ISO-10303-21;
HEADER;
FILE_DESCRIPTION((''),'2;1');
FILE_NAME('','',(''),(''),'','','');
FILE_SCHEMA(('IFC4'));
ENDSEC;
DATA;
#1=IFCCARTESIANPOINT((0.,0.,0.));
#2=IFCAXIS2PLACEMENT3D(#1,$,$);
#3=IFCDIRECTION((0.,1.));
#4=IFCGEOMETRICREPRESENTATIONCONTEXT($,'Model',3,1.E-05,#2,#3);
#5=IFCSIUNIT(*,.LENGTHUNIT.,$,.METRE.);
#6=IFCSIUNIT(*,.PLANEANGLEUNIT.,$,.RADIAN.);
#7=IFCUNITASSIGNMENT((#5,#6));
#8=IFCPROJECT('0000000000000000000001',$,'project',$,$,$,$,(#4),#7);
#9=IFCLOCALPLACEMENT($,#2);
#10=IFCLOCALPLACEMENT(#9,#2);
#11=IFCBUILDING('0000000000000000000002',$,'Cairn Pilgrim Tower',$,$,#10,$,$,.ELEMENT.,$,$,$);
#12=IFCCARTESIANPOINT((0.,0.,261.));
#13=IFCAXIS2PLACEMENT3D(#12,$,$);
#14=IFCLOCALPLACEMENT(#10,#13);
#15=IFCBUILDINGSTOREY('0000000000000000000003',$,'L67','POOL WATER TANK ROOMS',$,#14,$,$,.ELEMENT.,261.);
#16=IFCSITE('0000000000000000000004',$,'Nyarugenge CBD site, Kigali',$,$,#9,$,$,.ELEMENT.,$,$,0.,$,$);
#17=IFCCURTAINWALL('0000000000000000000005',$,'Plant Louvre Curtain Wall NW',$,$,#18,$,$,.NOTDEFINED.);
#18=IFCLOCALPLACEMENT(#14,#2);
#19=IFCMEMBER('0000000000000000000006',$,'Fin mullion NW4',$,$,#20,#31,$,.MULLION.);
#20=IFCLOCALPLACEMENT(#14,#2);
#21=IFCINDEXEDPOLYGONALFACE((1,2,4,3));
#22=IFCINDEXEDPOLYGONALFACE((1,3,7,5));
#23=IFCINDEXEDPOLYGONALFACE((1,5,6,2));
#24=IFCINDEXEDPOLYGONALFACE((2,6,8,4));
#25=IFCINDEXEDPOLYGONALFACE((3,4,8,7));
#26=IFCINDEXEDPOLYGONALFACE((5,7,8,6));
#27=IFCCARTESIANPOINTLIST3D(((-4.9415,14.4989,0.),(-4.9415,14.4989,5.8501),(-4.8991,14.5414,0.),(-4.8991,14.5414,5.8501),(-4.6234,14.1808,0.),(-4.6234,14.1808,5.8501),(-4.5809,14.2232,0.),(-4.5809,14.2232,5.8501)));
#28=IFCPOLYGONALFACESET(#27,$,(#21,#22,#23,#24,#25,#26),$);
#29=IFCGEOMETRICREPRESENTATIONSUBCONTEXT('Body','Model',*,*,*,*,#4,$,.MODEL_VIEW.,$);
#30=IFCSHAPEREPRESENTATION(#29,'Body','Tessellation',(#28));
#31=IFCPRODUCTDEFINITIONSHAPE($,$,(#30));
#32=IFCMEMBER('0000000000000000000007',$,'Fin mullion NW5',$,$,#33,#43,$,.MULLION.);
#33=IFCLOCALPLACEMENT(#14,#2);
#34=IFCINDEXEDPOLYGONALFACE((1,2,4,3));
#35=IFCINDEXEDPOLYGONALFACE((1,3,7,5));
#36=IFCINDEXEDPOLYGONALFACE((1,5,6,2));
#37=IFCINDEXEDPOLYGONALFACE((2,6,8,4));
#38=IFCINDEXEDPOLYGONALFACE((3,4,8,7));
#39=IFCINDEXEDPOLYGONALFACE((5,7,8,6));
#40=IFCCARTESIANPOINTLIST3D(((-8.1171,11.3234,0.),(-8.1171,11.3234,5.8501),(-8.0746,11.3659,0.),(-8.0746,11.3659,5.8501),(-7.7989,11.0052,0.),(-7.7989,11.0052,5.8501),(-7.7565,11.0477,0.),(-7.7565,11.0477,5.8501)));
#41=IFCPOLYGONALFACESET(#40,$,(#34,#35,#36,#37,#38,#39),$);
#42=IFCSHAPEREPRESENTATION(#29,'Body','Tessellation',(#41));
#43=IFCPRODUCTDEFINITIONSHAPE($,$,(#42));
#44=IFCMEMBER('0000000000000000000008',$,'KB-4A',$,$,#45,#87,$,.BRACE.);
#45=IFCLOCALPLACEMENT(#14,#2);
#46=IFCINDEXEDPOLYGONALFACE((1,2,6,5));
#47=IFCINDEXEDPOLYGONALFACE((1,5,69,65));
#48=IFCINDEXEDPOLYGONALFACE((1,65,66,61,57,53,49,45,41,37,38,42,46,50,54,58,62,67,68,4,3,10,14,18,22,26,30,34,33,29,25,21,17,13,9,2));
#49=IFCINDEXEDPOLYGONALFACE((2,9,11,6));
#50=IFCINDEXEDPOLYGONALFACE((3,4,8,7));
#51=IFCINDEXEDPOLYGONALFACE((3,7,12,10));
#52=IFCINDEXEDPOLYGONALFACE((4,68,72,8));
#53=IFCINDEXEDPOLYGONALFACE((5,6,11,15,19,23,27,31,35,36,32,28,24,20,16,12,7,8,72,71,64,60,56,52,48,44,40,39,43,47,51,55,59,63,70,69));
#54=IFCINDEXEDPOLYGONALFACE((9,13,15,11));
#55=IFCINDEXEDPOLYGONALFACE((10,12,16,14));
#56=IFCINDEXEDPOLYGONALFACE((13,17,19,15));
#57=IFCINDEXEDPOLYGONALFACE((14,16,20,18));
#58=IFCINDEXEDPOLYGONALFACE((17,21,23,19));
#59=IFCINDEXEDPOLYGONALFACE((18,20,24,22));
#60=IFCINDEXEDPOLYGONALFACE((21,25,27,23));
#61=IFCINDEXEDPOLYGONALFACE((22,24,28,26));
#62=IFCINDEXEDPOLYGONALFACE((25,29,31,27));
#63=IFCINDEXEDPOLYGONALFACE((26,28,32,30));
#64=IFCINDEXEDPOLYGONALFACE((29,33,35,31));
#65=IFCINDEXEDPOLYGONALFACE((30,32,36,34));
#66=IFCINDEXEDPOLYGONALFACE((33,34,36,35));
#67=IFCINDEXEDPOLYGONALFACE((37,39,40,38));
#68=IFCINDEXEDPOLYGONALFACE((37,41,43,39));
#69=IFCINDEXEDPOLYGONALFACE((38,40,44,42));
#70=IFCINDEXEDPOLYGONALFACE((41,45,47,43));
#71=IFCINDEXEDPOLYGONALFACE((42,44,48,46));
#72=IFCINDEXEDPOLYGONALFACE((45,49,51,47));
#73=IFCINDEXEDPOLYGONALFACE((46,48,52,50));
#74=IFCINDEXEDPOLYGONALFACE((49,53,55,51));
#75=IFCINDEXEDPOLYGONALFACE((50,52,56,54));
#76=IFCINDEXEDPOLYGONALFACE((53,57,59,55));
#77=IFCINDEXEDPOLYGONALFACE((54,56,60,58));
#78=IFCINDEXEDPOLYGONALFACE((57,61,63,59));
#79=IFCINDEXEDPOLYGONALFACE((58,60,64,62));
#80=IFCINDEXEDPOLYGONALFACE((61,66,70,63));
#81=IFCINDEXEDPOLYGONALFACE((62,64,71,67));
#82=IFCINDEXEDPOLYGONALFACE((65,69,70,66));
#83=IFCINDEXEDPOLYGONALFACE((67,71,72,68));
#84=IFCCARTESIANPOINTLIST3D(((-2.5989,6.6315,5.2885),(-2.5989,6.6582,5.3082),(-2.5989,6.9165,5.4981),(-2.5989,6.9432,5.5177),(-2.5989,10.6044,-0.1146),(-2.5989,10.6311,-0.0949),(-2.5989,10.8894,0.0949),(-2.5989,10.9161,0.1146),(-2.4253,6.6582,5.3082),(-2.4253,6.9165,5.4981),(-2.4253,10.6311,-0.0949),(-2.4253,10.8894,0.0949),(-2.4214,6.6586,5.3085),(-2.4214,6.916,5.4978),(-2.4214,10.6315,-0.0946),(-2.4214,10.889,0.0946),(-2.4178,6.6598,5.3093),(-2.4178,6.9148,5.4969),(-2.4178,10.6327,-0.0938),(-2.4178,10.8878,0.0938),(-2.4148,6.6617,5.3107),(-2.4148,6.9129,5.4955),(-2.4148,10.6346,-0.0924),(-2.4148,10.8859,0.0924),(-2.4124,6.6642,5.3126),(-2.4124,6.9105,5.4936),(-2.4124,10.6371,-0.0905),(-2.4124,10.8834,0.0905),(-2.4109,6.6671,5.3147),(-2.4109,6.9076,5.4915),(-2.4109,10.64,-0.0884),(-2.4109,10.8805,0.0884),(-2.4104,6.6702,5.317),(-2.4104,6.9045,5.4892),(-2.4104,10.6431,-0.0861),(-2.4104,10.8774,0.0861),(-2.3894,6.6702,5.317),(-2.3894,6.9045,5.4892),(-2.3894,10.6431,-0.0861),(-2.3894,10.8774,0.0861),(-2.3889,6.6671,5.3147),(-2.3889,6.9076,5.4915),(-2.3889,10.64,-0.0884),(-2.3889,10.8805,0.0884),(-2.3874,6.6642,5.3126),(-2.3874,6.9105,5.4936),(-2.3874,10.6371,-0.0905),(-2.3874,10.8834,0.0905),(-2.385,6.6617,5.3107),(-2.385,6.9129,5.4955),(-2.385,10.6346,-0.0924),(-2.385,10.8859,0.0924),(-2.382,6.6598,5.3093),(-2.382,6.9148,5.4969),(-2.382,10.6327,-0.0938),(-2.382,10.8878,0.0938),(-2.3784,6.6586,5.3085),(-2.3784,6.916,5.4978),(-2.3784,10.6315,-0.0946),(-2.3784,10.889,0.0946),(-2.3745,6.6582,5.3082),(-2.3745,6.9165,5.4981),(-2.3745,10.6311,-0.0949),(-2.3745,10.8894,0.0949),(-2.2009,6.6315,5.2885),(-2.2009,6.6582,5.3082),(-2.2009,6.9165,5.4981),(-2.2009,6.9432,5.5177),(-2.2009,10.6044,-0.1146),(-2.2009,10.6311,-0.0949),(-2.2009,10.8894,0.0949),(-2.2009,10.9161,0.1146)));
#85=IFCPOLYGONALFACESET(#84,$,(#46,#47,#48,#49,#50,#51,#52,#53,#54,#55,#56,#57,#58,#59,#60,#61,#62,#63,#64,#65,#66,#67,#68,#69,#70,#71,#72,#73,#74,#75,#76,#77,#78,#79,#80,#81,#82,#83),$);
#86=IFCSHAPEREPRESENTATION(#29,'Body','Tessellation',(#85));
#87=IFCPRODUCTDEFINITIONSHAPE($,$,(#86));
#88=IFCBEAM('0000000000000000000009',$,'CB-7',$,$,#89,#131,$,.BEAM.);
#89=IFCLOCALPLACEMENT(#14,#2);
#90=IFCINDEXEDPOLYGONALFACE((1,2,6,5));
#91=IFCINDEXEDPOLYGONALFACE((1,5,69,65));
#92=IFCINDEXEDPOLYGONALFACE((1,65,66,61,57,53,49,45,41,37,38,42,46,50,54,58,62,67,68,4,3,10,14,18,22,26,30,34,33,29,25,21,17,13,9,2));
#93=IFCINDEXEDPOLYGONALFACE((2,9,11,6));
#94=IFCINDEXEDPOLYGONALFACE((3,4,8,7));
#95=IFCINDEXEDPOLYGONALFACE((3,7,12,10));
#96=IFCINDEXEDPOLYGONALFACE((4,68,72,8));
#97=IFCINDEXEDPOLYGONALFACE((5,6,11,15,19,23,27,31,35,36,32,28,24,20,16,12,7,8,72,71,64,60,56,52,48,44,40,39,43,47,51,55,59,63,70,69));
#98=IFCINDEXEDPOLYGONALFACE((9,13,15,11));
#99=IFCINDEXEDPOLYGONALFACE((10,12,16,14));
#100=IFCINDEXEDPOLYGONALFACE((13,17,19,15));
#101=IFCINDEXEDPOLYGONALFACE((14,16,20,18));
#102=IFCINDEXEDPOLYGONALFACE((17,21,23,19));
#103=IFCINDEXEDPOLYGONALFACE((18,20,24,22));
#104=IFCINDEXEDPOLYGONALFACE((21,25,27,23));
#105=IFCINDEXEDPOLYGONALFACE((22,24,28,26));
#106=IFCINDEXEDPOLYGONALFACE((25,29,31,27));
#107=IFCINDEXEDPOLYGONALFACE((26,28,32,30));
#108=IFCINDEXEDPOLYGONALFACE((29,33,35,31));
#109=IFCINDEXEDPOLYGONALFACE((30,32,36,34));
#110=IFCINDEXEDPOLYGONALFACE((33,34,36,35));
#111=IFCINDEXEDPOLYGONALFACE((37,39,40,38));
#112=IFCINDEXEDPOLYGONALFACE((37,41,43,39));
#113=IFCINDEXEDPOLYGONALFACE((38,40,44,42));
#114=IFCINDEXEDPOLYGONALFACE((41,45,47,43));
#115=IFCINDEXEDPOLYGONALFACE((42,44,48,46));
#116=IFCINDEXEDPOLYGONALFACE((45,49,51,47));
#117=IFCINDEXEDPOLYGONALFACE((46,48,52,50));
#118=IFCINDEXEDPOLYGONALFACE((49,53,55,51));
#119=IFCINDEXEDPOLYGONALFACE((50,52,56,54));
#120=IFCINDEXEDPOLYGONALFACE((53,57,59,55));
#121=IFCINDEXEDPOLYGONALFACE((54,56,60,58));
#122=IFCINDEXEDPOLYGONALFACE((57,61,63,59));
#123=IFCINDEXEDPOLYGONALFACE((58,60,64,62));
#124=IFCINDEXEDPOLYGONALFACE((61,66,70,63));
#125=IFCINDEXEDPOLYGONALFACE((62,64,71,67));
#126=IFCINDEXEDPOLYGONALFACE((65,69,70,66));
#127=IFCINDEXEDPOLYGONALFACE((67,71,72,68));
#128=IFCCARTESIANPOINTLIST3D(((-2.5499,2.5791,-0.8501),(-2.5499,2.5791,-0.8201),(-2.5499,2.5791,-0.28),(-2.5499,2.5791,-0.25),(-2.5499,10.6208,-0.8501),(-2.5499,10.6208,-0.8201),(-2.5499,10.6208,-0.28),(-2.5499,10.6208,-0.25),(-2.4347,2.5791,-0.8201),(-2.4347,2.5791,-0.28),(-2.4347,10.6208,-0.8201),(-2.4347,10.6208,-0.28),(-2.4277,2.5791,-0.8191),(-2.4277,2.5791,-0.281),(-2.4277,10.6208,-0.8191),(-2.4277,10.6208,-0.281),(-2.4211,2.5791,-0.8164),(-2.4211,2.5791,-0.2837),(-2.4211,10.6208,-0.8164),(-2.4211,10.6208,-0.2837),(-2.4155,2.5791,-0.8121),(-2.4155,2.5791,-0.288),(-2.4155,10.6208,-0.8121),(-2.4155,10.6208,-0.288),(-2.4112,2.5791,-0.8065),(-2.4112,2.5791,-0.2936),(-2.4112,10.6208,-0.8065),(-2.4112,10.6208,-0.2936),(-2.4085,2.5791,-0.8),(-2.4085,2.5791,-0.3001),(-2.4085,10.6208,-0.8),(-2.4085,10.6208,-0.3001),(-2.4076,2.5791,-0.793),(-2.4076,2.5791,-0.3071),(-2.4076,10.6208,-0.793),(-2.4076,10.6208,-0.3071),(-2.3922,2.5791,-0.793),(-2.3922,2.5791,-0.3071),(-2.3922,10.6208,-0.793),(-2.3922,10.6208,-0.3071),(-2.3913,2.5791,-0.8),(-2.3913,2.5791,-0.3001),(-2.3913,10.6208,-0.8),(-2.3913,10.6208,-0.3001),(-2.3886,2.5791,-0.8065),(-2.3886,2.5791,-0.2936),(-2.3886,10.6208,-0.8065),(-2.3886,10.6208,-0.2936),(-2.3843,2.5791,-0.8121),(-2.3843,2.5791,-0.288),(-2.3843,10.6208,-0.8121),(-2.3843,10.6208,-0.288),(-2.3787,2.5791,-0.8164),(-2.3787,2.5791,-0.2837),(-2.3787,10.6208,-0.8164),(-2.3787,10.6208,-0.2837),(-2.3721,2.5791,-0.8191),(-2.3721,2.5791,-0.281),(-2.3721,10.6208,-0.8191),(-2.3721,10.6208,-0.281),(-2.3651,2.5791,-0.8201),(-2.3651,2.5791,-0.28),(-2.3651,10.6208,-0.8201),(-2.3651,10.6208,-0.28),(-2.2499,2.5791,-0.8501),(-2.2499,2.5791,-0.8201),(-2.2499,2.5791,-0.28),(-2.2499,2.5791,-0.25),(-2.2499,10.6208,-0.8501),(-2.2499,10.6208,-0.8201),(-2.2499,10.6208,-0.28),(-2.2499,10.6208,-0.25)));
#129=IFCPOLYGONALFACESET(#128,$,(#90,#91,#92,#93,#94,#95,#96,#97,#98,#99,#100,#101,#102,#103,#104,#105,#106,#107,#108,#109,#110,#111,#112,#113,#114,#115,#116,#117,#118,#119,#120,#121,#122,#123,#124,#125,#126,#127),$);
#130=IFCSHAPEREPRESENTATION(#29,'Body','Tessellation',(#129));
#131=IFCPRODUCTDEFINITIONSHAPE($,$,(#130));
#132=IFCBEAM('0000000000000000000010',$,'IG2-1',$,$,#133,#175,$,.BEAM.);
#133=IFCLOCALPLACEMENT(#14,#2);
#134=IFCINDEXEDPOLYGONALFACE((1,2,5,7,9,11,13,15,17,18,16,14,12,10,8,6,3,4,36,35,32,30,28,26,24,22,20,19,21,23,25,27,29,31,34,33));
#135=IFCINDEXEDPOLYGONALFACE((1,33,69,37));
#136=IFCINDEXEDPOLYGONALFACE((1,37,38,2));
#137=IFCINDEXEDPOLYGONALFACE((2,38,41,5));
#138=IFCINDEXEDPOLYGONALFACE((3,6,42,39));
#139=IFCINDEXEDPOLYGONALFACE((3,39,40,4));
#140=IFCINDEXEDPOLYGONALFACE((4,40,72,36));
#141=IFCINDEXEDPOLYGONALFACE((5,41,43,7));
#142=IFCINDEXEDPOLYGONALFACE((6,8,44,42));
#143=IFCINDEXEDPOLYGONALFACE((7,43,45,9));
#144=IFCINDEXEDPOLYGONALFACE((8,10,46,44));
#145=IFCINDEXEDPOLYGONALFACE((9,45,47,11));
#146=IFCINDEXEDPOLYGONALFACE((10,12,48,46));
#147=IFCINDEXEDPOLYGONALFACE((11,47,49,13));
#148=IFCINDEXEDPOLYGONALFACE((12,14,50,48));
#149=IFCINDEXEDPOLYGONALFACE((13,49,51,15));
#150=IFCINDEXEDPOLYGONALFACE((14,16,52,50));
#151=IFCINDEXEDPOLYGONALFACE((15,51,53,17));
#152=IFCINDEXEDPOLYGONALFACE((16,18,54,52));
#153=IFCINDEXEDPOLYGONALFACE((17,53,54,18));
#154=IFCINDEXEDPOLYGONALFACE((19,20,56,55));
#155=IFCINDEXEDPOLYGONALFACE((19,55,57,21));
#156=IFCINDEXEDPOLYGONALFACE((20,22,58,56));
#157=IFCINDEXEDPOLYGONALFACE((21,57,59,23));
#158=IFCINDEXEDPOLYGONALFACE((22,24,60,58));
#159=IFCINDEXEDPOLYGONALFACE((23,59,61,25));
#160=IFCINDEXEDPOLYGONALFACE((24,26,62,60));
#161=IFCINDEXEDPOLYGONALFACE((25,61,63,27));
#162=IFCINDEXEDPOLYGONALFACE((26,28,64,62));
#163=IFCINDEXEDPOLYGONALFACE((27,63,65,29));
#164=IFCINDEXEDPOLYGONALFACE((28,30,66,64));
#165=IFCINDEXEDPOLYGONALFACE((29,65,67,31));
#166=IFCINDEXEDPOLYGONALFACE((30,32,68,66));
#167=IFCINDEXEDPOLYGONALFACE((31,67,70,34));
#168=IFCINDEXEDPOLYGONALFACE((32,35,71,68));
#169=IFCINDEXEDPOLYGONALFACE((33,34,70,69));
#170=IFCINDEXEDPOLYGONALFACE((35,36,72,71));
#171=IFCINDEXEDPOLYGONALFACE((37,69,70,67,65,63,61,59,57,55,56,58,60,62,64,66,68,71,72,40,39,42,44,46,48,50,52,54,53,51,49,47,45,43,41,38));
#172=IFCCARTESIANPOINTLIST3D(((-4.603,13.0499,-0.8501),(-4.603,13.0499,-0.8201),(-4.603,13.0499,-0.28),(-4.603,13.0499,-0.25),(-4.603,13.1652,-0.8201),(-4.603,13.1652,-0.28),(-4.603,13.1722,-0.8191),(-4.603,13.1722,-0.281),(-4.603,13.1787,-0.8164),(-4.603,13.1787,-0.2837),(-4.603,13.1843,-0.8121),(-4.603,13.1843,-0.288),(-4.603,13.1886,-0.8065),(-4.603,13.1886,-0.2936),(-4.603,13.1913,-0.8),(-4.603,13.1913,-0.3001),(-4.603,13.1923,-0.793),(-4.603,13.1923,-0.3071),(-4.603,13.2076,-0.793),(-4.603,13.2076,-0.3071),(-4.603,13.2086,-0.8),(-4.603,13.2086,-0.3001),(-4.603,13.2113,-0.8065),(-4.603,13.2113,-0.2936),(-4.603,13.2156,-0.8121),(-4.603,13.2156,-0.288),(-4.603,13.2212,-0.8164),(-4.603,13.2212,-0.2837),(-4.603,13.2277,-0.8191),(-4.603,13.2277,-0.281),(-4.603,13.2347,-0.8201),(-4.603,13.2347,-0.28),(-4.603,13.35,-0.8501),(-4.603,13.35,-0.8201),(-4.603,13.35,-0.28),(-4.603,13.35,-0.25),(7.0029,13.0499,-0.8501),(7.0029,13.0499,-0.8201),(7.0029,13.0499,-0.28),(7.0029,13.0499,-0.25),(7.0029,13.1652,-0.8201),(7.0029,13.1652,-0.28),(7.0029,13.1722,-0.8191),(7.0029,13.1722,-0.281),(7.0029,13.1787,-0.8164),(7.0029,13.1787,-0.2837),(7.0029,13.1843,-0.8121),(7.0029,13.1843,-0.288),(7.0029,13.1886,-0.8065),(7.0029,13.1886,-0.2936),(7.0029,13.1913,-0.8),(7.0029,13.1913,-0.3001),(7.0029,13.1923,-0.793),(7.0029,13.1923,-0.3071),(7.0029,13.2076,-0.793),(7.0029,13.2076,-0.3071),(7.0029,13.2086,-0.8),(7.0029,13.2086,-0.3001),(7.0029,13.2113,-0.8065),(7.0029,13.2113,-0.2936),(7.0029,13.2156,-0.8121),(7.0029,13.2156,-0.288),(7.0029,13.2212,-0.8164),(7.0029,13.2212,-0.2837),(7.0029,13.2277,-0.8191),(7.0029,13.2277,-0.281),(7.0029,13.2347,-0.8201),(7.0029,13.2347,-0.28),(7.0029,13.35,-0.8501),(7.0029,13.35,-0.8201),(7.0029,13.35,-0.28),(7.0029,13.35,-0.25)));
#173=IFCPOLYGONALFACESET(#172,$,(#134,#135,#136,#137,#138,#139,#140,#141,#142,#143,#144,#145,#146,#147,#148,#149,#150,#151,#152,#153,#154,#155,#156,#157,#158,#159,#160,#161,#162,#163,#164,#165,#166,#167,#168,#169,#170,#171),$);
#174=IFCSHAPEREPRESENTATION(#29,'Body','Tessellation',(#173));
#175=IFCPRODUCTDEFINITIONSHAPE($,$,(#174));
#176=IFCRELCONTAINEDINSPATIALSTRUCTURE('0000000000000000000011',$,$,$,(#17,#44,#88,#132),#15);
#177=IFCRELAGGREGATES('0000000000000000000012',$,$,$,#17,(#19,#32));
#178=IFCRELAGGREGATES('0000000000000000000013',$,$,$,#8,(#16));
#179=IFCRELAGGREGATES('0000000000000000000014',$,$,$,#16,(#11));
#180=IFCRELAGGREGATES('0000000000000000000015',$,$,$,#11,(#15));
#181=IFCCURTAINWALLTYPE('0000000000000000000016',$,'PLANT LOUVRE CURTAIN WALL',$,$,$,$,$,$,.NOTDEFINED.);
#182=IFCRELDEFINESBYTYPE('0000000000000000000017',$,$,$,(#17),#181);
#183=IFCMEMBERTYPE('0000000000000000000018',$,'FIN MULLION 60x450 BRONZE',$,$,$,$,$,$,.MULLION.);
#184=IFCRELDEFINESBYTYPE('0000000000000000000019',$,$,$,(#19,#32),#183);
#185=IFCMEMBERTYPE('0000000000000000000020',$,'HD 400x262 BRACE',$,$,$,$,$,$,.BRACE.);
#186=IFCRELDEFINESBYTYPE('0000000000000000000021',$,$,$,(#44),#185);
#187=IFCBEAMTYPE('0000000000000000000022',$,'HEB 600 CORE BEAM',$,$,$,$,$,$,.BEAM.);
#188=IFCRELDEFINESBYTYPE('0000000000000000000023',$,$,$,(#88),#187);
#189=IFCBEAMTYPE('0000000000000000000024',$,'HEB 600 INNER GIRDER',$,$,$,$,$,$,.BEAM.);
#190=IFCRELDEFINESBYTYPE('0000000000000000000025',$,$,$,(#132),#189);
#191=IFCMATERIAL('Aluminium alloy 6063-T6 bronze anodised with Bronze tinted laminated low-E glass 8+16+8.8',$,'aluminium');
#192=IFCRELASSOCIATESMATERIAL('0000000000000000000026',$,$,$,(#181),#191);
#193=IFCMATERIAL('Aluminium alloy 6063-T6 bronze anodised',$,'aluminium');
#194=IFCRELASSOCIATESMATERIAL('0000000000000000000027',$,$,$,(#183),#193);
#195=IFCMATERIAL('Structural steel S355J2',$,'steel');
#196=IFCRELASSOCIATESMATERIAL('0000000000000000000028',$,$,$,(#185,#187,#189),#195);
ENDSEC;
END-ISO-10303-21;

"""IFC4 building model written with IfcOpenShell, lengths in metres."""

from ifc_helpers import new_model, si_unit, direction, frame, origin, origin_2d, place, context, subcontext, project, spatial, rectangle, i_section, extrude, material, material_profile, profile_set, type_object, element, aggregate, save


model = new_model("IFC4")

# Units and contexts
model_context = context("Model", 3, precision=1e-05, world=origin(), true_north=direction((0.0, 1.0)))
body_context = subcontext(model_context, "Body", "Model", "MODEL_VIEW")
ifc_project = project(units=[si_unit("LENGTHUNIT", "METRE"), si_unit("PLANEANGLEUNIT", "RADIAN")], contexts=[model_context])

# Site, building, storey
site_placement = place(None, origin())
site = spatial("IfcSite", under=ifc_project, at=site_placement, Name="Nyarugenge CBD site, Kigali", CompositionType="ELEMENT", RefElevation=0.0)
building_placement = place(site_placement, origin())
building = spatial("IfcBuilding", under=site, at=building_placement, Name="Cairn Pilgrim Tower", CompositionType="ELEMENT")
storey_placement = place(building_placement, frame((0.0, 0.0, 261.0)))
storey = spatial("IfcBuildingStorey", under=building, at=storey_placement, Name="L67", Description="POOL WATER TANK ROOMS", CompositionType="ELEMENT", Elevation=261.0)

# Shared definitions
ifc_material_1 = material(Name="Structural steel S355J2", Category="steel")

# Curtain wall, members
ifc_material_2 = material(Name="Aluminium alloy 6063-T6 bronze anodised with Bronze tinted laminated low-E glass 8+16+8.8", Category="aluminium")
curtain_wall_type = type_object("IfcCurtainWallType", Name="PLANT LOUVRE CURTAIN WALL", PredefinedType="NOTDEFINED", material=ifc_material_2)
curtain_wall_placement = place(storey_placement, origin())
curtain_wall = element("IfcCurtainWall", 1, at=curtain_wall_placement, inside=storey, type_object=curtain_wall_type, Name="Plant Louvre Curtain Wall NW", PredefinedType="NOTDEFINED")
ifc_material_3 = material(Name="Aluminium alloy 6063-T6 bronze anodised", Category="aluminium")
ifc_material_profile_1 = material_profile(ifc_material_3, rectangle(XDim=0.45, YDim=0.0601, at=origin_2d()), Name="FIN MULLION 60x450 BRONZE")
ifc_profile_set_1 = profile_set([ifc_material_profile_1], Name="Aluminium alloy 6063-T6 bronze anodised")
member_type_1 = type_object("IfcMemberType", Name="FIN MULLION 60x450 BRONZE", PredefinedType="MULLION", material=ifc_profile_set_1)
member_1_placement = place(storey_placement, frame((-4.7612, 14.3611, 0.0), z_axis=(0.0, 0.0, 1.0), x_axis=(-0.707107, 0.707107, 0.0)))
member_1 = element("IfcMember", 2, at=member_1_placement, type_object=member_type_1, Name="Fin mullion NW4", PredefinedType="MULLION", context=body_context, shape_type="SweptSolid", body=[
    extrude(rectangle(XDim=0.45, YDim=0.0601, at=origin_2d()), origin(), (0.0, 0.0, 1.0), 5.8501),
])
member_2_placement = place(storey_placement, frame((-7.9368, 11.1855, 0.0), z_axis=(0.0, 0.0, 1.0), x_axis=(-0.707107, 0.707107, 0.0)))
member_2 = element("IfcMember", 3, at=member_2_placement, type_object=member_type_1, Name="Fin mullion NW5", PredefinedType="MULLION", context=body_context, shape_type="SweptSolid", body=[
    extrude(rectangle(XDim=0.45, YDim=0.0601, at=origin_2d()), origin(), (0.0, 0.0, 1.0), 5.8501),
])

# Member
ifc_material_profile_2 = material_profile(ifc_material_1, i_section(OverallWidth=0.3979, OverallDepth=0.387, WebThickness=0.021, FlangeThickness=0.0332, FilletRadius=0.0149, at=origin_2d()), Name="HD 400x262")
ifc_profile_set_2 = profile_set([ifc_material_profile_2], Name="Structural steel S355J2")
member_type_2 = type_object("IfcMemberType", Name="HD 400x262 BRACE", PredefinedType="BRACE", material=ifc_profile_set_2)
member_3_placement = place(storey_placement, frame((-2.3999, 10.7603, 0.0), z_axis=(0.0, -0.592395, 0.805647), x_axis=(1.0, 0.0, 0.0)))
element("IfcMember", 4, at=member_3_placement, inside=storey, type_object=member_type_2, Name="KB-4A", PredefinedType="BRACE", context=body_context, shape_type="SweptSolid", body=[
    extrude(i_section(OverallWidth=0.3979, OverallDepth=0.387, WebThickness=0.021, FlangeThickness=0.0332, FilletRadius=0.0149, at=origin_2d()), origin(), (0.0, 0.0, 1.0), 6.7065),
])

# Beams
ifc_material_profile_3 = material_profile(ifc_material_1, i_section(OverallWidth=0.3, OverallDepth=0.6001, WebThickness=0.0154, FlangeThickness=0.03, FilletRadius=0.0271, at=origin_2d()), Name="HEB 600")
ifc_profile_set_3 = profile_set([ifc_material_profile_3], Name="Structural steel S355J2")
beam_type_1 = type_object("IfcBeamType", Name="HEB 600 CORE BEAM", PredefinedType="BEAM", material=ifc_profile_set_3)
beam_1_placement = place(storey_placement, frame((-2.3999, 10.6208, -0.55), z_axis=(0.0, -1.0, 0.0), x_axis=(1.0, 0.0, 0.0)))
element("IfcBeam", 5, at=beam_1_placement, inside=storey, type_object=beam_type_1, Name="CB-7", PredefinedType="BEAM", context=body_context, shape_type="SweptSolid", body=[
    extrude(i_section(OverallWidth=0.3, OverallDepth=0.6001, WebThickness=0.0154, FlangeThickness=0.03, FilletRadius=0.0271, at=origin_2d()), origin(), (0.0, 0.0, 1.0), 8.0417),
])
ifc_material_profile_4 = material_profile(ifc_material_1, i_section(OverallWidth=0.3, OverallDepth=0.6001, WebThickness=0.0154, FlangeThickness=0.03, FilletRadius=0.0271, at=origin_2d()), Name="HEB 600")
ifc_profile_set_4 = profile_set([ifc_material_profile_4], Name="Structural steel S355J2")
beam_type_2 = type_object("IfcBeamType", Name="HEB 600 INNER GIRDER", PredefinedType="BEAM", material=ifc_profile_set_4)
beam_2_placement = place(storey_placement, frame((-4.603, 13.2, -0.55), z_axis=(1.0, 0.0, 0.0), x_axis=(0.0, 1.0, 0.0)))
element("IfcBeam", 6, at=beam_2_placement, inside=storey, type_object=beam_type_2, Name="IG2-1", PredefinedType="BEAM", context=body_context, shape_type="SweptSolid", body=[
    extrude(i_section(OverallWidth=0.3, OverallDepth=0.6001, WebThickness=0.0154, FlangeThickness=0.03, FilletRadius=0.0271, at=origin_2d()), origin(), (0.0, 0.0, 1.0), 11.606),
])

aggregate(curtain_wall, [member_1, member_2])

save(model, "model.ifc")
